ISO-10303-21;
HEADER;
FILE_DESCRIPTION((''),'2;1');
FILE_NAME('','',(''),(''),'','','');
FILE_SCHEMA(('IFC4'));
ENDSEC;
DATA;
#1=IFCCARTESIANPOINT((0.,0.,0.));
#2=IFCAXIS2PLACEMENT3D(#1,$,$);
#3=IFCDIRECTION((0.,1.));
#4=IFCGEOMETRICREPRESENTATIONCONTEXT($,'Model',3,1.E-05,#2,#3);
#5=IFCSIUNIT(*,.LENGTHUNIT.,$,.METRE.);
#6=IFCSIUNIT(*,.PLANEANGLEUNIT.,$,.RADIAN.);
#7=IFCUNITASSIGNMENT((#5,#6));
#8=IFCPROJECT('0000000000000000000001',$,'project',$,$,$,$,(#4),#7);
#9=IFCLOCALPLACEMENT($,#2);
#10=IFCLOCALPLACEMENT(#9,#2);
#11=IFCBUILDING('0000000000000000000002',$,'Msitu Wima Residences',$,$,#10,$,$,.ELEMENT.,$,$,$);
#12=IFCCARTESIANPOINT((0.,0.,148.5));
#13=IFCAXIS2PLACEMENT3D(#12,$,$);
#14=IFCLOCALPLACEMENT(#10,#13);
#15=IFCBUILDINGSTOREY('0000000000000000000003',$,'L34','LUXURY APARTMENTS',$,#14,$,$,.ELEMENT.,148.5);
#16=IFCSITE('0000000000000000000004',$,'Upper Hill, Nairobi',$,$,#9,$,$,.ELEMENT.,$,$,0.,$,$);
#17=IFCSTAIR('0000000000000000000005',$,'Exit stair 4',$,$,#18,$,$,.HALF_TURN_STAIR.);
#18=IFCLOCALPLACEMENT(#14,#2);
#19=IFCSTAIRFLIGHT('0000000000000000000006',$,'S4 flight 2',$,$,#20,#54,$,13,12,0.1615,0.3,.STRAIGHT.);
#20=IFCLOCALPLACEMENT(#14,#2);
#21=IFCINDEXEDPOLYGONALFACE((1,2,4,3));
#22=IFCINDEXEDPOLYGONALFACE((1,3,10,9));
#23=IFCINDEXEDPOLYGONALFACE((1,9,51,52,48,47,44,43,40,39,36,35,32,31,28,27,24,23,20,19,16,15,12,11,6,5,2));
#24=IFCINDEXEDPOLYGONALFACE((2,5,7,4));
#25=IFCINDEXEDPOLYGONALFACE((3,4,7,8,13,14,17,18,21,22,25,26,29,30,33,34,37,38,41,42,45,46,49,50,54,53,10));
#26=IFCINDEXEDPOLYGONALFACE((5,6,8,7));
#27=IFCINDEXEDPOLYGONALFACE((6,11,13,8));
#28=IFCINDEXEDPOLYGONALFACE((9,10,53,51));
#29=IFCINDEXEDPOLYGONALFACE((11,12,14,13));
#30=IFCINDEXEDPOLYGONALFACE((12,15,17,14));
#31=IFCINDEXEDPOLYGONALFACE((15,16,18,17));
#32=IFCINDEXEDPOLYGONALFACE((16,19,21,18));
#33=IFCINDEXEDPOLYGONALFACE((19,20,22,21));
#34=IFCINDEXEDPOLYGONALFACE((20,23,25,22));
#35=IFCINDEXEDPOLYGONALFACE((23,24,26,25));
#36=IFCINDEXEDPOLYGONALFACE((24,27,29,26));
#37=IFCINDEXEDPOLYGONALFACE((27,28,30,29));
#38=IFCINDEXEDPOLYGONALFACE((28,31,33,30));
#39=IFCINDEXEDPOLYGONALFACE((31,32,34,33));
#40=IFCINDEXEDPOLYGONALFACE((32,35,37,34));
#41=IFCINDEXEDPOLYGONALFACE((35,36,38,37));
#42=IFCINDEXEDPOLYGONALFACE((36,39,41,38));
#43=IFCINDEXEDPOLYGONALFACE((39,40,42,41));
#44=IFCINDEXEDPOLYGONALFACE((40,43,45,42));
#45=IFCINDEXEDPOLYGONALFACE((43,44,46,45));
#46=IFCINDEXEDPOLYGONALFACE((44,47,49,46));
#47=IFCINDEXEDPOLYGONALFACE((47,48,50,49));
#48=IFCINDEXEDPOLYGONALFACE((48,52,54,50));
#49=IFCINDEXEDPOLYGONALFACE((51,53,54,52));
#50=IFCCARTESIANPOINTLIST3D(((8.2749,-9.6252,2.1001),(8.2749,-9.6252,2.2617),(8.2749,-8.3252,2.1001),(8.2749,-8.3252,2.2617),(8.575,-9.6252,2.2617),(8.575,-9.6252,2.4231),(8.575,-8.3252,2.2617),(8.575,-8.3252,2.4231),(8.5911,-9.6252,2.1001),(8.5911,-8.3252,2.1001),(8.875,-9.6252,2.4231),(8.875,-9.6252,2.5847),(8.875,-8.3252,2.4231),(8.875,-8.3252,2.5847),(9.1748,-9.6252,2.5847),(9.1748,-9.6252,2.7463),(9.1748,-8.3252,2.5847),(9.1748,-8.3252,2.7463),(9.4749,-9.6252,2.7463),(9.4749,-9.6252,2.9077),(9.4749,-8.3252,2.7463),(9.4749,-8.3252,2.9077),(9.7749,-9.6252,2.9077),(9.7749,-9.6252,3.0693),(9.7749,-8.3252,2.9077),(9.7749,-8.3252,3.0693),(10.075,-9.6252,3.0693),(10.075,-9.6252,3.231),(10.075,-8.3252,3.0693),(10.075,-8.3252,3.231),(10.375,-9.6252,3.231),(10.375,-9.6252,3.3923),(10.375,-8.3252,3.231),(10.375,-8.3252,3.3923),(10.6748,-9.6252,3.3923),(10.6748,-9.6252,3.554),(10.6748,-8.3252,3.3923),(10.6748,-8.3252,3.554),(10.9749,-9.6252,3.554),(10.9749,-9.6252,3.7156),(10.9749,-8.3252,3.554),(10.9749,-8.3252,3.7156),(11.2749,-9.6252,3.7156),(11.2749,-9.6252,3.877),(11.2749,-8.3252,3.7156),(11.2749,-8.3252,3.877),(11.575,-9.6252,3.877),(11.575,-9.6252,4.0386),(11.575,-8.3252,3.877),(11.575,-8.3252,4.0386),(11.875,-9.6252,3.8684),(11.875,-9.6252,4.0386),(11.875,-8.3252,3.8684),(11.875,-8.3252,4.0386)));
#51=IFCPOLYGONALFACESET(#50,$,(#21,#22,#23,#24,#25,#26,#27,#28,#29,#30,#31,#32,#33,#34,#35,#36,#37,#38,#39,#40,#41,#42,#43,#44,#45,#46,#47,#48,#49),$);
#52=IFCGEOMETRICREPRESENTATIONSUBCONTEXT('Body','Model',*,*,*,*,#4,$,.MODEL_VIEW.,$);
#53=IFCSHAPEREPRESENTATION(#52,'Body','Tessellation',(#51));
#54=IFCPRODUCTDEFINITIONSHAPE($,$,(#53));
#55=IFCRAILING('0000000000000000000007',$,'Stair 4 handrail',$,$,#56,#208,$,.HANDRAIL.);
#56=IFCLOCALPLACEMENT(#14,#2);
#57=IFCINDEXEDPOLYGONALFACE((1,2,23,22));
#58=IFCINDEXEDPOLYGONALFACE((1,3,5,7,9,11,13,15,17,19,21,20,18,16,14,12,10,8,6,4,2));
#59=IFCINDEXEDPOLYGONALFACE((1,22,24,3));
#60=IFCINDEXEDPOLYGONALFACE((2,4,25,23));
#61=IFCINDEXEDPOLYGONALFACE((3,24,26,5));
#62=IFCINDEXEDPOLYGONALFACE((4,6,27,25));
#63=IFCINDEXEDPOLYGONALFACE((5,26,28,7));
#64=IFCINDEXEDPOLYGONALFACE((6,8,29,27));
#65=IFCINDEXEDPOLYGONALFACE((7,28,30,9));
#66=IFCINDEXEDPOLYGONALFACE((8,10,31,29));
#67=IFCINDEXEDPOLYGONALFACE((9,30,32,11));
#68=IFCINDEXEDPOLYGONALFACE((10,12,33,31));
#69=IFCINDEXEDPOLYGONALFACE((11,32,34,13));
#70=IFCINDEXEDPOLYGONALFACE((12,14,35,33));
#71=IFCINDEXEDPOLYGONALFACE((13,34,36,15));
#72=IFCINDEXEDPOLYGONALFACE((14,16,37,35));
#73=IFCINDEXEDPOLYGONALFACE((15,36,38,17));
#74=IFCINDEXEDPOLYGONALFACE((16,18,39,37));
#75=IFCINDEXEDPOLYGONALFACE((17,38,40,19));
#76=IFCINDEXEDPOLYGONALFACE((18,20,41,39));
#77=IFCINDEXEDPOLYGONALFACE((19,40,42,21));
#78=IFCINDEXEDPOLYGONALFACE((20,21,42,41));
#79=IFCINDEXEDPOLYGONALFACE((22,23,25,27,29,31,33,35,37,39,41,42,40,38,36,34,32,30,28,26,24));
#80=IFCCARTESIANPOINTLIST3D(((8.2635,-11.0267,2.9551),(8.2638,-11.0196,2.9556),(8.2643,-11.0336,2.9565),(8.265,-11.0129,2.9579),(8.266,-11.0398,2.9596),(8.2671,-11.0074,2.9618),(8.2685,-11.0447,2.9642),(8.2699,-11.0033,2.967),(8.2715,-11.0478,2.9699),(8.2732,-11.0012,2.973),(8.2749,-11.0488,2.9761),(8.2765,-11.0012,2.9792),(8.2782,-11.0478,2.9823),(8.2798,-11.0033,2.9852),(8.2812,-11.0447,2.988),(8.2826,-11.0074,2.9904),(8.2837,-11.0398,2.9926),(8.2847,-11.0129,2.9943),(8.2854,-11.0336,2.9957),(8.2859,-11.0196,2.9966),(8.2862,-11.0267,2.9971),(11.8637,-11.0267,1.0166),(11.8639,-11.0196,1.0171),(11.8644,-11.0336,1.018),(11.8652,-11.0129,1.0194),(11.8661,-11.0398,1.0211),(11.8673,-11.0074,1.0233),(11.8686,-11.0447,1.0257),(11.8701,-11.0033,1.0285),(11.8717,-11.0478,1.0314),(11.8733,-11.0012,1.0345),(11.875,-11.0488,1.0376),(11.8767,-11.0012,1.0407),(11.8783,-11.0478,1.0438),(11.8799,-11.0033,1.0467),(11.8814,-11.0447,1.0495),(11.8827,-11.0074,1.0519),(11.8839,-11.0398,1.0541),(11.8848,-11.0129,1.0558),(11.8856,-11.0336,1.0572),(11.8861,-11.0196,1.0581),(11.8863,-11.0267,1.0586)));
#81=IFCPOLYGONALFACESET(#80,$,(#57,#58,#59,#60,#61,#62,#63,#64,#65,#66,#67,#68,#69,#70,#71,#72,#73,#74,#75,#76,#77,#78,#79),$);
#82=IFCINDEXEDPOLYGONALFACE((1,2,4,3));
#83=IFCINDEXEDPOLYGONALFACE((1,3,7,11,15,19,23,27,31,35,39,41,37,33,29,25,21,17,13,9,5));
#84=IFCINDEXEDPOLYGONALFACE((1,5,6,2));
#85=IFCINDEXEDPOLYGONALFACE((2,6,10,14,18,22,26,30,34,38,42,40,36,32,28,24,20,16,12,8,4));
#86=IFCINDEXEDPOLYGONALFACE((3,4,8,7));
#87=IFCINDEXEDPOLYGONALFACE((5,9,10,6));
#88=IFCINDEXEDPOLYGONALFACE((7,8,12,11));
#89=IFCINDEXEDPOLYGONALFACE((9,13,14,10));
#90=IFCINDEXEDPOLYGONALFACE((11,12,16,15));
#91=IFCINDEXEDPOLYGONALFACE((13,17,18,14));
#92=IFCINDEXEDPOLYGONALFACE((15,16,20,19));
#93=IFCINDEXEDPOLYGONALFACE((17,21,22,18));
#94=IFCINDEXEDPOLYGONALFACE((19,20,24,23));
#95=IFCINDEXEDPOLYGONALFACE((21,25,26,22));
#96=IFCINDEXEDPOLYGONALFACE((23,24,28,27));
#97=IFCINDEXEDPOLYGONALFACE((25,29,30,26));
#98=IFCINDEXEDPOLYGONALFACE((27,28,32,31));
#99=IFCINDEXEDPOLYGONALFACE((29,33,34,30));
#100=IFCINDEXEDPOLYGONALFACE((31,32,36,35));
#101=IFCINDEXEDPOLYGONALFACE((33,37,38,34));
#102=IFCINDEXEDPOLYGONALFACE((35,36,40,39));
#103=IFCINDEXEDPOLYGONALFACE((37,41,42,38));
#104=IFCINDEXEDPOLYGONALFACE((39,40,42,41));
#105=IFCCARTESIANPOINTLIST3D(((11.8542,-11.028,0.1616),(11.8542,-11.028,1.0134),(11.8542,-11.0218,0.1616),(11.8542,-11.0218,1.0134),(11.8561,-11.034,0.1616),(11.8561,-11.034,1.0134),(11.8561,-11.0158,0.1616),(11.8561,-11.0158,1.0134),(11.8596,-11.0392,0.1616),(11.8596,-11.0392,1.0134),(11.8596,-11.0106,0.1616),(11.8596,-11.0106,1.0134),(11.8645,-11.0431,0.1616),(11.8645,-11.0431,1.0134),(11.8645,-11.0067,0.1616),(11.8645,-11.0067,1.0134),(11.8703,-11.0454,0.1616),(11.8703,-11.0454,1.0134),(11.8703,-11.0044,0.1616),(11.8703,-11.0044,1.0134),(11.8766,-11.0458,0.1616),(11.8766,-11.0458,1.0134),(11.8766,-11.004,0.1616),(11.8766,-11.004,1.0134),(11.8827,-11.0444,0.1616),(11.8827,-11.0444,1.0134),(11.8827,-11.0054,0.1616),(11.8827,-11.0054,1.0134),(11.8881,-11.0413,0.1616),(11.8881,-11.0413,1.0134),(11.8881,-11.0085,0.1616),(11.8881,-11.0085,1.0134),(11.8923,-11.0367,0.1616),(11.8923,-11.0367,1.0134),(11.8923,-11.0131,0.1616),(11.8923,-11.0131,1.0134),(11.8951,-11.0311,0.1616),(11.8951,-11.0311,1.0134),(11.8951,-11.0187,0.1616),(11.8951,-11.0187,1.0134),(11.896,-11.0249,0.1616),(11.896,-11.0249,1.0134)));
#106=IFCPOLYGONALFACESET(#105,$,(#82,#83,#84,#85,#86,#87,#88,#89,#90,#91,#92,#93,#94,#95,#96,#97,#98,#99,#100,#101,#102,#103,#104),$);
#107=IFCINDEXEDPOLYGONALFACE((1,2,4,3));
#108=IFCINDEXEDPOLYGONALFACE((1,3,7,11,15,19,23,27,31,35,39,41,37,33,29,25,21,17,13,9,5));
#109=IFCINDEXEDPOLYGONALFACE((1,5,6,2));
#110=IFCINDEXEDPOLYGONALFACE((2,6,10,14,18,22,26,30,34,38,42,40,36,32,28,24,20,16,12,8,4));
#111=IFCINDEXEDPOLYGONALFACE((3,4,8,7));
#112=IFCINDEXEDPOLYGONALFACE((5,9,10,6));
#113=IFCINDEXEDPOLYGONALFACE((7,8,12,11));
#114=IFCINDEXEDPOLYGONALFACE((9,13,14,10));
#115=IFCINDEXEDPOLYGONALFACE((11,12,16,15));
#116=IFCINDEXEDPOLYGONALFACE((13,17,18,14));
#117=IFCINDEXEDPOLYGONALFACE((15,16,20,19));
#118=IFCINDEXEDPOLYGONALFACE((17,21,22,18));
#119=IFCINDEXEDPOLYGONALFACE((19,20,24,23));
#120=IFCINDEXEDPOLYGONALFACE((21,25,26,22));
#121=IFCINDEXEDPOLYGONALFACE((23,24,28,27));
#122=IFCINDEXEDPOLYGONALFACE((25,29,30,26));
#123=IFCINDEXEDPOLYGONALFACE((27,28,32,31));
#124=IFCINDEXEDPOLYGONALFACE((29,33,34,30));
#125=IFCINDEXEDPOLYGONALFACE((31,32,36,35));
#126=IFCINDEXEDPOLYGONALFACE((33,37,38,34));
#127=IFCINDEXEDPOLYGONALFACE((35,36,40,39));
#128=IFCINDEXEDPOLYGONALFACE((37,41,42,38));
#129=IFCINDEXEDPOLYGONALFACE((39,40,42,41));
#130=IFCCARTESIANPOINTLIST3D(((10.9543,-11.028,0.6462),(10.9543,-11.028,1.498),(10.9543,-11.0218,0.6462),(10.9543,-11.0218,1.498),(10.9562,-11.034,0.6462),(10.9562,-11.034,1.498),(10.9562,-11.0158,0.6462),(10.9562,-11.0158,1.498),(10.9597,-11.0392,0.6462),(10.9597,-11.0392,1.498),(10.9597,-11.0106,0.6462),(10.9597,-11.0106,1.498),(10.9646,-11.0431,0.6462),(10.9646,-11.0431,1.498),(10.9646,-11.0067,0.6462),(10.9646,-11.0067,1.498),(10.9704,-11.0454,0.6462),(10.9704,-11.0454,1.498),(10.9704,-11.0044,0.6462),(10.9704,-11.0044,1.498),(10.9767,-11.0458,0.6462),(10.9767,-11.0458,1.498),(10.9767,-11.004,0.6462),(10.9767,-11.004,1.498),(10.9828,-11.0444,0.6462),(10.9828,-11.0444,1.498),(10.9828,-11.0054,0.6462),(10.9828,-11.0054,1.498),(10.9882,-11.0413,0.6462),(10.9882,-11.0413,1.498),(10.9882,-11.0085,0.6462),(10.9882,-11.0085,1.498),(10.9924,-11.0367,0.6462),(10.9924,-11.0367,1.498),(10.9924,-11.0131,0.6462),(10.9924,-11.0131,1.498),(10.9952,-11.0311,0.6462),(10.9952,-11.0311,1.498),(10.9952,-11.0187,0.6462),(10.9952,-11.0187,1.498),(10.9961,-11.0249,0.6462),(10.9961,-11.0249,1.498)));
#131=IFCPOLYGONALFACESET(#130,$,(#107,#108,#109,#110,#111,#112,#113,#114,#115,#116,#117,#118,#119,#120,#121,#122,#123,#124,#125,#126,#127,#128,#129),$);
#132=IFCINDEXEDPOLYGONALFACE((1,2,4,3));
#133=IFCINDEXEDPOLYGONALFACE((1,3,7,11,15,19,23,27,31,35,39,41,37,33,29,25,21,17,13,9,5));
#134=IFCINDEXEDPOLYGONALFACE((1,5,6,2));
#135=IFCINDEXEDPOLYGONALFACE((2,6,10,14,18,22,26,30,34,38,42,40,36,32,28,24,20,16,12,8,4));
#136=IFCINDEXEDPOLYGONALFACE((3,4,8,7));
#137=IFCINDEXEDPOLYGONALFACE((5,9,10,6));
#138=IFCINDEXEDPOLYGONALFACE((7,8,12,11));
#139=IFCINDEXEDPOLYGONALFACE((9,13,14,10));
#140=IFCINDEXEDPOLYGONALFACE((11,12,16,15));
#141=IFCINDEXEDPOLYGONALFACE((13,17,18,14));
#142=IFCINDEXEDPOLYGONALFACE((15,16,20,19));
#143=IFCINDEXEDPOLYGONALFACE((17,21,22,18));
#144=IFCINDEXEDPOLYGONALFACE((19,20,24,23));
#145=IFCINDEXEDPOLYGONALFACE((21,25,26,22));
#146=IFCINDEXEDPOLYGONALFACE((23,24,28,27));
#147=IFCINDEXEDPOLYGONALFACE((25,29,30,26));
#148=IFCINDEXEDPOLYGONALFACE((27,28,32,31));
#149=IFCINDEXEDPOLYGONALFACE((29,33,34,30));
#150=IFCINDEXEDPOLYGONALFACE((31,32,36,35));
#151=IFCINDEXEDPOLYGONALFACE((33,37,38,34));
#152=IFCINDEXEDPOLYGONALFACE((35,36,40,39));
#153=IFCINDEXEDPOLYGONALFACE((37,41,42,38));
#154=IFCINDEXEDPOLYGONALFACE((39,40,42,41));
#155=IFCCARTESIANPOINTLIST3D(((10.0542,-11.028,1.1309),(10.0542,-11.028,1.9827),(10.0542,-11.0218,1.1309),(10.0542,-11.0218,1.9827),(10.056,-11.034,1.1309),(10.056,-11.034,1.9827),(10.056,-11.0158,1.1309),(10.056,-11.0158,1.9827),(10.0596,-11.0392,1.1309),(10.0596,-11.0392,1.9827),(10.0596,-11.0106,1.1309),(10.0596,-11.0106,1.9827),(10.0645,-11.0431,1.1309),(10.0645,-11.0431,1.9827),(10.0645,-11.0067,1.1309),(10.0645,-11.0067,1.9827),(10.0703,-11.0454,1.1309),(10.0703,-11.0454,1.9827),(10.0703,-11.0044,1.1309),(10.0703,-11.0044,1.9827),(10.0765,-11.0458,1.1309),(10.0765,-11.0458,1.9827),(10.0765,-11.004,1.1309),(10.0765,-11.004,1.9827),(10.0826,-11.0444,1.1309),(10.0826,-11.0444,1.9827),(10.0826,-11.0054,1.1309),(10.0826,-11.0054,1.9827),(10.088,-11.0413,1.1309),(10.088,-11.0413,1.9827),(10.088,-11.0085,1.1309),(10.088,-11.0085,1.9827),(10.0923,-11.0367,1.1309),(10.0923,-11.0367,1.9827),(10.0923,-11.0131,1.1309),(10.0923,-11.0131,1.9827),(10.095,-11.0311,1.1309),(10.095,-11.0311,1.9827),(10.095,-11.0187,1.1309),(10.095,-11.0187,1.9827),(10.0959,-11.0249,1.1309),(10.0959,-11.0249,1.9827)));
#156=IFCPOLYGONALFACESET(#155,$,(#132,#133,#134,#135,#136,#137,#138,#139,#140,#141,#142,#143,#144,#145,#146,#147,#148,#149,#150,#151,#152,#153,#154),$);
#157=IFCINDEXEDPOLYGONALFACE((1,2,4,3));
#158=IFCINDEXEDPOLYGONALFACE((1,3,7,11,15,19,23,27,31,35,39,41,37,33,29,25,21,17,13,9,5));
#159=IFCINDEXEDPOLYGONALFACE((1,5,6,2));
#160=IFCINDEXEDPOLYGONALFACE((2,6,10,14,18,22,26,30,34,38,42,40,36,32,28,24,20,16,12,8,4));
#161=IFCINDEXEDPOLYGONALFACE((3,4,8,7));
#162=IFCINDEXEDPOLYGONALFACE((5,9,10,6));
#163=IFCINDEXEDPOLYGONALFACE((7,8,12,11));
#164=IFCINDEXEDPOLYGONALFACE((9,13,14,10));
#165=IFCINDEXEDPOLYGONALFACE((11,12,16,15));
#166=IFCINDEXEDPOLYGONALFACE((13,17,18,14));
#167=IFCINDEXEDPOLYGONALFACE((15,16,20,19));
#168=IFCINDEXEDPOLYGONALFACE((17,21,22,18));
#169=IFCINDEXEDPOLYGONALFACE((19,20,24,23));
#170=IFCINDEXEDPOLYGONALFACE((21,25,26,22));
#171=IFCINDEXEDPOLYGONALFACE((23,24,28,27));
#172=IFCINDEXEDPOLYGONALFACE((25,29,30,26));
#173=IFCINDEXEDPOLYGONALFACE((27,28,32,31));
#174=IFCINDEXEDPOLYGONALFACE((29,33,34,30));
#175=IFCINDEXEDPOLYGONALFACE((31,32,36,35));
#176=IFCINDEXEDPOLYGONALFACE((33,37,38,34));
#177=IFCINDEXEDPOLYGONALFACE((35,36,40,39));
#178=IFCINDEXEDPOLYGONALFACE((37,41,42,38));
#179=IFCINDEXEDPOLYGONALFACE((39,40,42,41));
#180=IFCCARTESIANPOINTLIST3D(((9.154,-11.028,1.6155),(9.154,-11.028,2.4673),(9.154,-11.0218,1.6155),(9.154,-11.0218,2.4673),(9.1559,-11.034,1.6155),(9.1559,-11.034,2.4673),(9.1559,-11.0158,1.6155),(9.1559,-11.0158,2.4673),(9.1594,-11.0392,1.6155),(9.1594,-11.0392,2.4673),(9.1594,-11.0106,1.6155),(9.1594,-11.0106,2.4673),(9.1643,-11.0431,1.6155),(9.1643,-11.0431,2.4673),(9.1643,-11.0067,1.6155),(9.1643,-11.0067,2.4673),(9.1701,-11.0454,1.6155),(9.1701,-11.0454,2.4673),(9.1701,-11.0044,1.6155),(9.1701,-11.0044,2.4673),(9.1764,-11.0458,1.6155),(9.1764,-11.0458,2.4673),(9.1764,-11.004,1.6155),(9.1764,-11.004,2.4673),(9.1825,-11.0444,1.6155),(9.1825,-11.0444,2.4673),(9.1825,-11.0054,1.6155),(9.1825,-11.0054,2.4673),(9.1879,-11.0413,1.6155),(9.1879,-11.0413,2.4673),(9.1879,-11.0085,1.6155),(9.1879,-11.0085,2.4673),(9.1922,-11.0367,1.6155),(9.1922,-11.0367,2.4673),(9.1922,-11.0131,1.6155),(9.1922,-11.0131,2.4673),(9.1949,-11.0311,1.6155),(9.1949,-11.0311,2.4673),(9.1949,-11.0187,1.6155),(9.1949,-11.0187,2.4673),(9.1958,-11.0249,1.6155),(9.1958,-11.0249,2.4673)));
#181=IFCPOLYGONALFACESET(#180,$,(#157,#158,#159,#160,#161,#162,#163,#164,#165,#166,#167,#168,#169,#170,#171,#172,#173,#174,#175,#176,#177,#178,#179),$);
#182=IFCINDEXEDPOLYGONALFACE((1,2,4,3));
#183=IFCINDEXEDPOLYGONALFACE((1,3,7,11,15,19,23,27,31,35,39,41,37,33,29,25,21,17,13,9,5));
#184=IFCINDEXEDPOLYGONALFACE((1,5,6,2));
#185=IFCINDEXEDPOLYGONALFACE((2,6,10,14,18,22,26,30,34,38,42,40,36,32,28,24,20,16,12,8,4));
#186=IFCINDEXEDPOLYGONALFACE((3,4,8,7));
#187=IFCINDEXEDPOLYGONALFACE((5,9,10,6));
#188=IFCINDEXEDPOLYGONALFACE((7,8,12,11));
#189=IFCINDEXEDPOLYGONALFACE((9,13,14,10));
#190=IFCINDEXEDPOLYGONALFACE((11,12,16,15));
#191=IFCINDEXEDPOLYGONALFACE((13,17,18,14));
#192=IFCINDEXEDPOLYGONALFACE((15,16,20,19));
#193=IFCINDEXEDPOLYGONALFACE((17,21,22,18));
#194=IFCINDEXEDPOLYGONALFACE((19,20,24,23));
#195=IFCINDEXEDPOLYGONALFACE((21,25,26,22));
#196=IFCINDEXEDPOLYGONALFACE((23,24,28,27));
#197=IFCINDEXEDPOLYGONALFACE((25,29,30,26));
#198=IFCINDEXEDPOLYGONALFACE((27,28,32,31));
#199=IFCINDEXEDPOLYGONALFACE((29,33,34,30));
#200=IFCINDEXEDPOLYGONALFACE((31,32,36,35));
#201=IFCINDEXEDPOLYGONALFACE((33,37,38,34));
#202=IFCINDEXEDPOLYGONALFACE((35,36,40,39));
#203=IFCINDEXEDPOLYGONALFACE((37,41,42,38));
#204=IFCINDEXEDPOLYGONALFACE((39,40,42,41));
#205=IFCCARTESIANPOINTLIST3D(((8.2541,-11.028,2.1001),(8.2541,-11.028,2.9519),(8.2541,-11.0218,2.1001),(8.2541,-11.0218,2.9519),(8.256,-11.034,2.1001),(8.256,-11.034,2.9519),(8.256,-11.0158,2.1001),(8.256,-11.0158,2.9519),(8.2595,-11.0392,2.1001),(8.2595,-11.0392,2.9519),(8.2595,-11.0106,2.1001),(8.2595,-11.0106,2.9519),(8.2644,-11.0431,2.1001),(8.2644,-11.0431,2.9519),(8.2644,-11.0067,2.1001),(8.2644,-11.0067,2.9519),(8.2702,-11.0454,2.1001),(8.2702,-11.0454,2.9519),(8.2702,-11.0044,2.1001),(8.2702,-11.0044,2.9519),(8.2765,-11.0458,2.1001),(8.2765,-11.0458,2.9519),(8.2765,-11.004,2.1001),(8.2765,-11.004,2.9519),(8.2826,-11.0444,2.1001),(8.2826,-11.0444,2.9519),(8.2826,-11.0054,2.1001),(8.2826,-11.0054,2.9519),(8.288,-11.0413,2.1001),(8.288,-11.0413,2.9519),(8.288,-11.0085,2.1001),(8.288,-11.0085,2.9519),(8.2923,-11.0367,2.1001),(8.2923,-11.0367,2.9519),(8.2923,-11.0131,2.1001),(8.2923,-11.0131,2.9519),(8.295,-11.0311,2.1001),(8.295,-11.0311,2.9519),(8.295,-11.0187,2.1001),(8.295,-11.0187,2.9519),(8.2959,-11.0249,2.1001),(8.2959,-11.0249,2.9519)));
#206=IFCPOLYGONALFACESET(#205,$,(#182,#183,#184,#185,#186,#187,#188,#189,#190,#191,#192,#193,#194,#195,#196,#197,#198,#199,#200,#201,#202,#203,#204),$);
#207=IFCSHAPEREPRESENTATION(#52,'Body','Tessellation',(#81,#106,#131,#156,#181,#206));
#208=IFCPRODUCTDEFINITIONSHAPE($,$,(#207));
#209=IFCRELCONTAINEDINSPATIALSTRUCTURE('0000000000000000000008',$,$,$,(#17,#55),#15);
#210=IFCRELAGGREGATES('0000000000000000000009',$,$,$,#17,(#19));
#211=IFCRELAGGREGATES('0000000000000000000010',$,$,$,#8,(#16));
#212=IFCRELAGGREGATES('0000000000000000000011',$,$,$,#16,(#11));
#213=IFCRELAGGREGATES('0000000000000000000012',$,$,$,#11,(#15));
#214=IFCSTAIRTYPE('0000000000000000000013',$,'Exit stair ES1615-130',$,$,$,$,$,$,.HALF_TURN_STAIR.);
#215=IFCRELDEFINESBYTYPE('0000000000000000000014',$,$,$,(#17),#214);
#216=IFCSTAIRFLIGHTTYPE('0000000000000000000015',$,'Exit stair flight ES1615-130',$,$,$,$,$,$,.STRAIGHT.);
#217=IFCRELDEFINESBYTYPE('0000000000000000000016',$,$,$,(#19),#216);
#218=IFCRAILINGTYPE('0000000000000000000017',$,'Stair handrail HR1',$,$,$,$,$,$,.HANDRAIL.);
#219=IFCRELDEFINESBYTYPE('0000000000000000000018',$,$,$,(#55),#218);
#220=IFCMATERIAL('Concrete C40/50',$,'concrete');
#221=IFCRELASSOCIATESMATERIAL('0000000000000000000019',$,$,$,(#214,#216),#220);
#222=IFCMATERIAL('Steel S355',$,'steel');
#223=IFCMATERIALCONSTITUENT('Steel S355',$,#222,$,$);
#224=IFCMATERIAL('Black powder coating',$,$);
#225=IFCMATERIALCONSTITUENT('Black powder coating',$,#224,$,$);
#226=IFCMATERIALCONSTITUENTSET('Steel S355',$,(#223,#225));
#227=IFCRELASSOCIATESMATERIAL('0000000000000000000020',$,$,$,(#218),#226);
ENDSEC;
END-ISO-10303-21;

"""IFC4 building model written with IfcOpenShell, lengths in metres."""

from ifc_helpers import new_model, si_unit, direction, frame, origin, origin_2d, place, context, subcontext, project, spatial, polyline, circle, outline, extrude, material, constituent, constituent_set, type_object, element, aggregate, save


model = new_model("IFC4")

# Units and contexts
model_context = context("Model", 3, precision=1e-05, world=origin(), true_north=direction((0.0, 1.0)))
body_context = subcontext(model_context, "Body", "Model", "MODEL_VIEW")
ifc_project = project(units=[si_unit("LENGTHUNIT", "METRE"), si_unit("PLANEANGLEUNIT", "RADIAN")], contexts=[model_context])

# Site, building, storey
site_placement = place(None, origin())
site = spatial("IfcSite", under=ifc_project, at=site_placement, Name="Upper Hill, Nairobi", CompositionType="ELEMENT", RefElevation=0.0)
building_placement = place(site_placement, origin())
building = spatial("IfcBuilding", under=site, at=building_placement, Name="Msitu Wima Residences", CompositionType="ELEMENT")
storey_placement = place(building_placement, frame((0.0, 0.0, 148.5)))
storey = spatial("IfcBuildingStorey", under=building, at=storey_placement, Name="L34", Description="LUXURY APARTMENTS", CompositionType="ELEMENT", Elevation=148.5)

# Shared definitions
ifc_material_1 = material(Name="Concrete C40/50", Category="concrete")

# Stair, stair flight
stair_type = type_object("IfcStairType", Name="Exit stair ES1615-130", PredefinedType="HALF_TURN_STAIR", material=ifc_material_1)
stair_placement = place(storey_placement, origin())
stair = element("IfcStair", 1, at=stair_placement, inside=storey, type_object=stair_type, Name="Exit stair 4", PredefinedType="HALF_TURN_STAIR")
stair_flight_type = type_object("IfcStairFlightType", Name="Exit stair flight ES1615-130", PredefinedType="STRAIGHT", material=ifc_material_1)
stair_flight_1_placement = place(storey_placement, frame((8.2749, -8.9751, 2.1001), z_axis=(0.0, 0.0, 1.0), x_axis=(1.0, 0.0, 0.0)))
stair_flight_1 = element("IfcStairFlight", 2, at=stair_flight_1_placement, type_object=stair_flight_type, Name="S4 flight 2", NumberOfRisers=13, NumberOfTreads=12, PredefinedType="STRAIGHT", RiserHeight=0.1615, TreadLength=0.3, context=body_context, shape_type="SweptSolid", body=[
    extrude(outline(polyline([(0.0, 0.0), (0.0, 0.1616), (0.3, 0.1616), (0.3, 0.323), (0.6001, 0.323), (0.6001, 0.4846), (0.8999, 0.4846), (0.8999, 0.6462), (1.2, 0.6462), (1.2, 0.8076), (1.5, 0.8076), (1.5, 0.9692), (1.8, 0.9692), (1.8, 1.1309), (2.1001, 1.1309), (2.1001, 1.2922), (2.3999, 1.2922), (2.3999, 1.4539), (2.7, 1.4539), (2.7, 1.6155), (3.0, 1.6155), (3.0, 1.7769), (3.3, 1.7769), (3.3, 1.9385), (3.6001, 1.9385), (3.6001, 2.1001), (3.6001, 1.7683), (0.3162, 0.0), (0.0, 0.0)])), frame((0.0, 0.6499, 0.0), z_axis=(0.0, -1.0, 0.0), x_axis=(1.0, 0.0, 0.0)), (0.0, 0.0, 1.0), 1.3),
])
aggregate(stair, [stair_flight_1])

# Railing
ifc_material_2 = material(Name="Steel S355", Category="steel")
ifc_constituent_1 = constituent(ifc_material_2, Name="Steel S355")
ifc_material_3 = material(Name="Black powder coating")
ifc_constituent_2 = constituent(ifc_material_3, Name="Black powder coating")
ifc_constituent_set = constituent_set(constituents=[ifc_constituent_1, ifc_constituent_2], Name="Steel S355")
railing_type = type_object("IfcRailingType", Name="Stair handrail HR1", PredefinedType="HANDRAIL", material=ifc_constituent_set)
for number, where, name in (
    (3, (11.875, -11.0249, 0.1616), "Stair 4 handrail"),
):
    element("IfcRailing", number, at=place(storey_placement, frame(where)), inside=storey, type_object=railing_type, Name=name, PredefinedType="HANDRAIL", context=body_context, shape_type="SweptSolid", body=[
        extrude(circle(Radius=0.0239, at=origin_2d()), frame((0.0, 0.0, 0.876), z_axis=(-0.880475, 0.0, 0.474093), x_axis=(0.0, -1.0, 0.0)), (0.0, 0.0, 1.0), 4.0889),
        extrude(circle(Radius=0.021, at=origin_2d()), origin(), (0.0, 0.0, 1.0), 0.8518),
        extrude(circle(Radius=0.021, at=origin_2d()), frame((-0.8999, 0.0, 0.4846)), (0.0, 0.0, 1.0), 0.8518),
        extrude(circle(Radius=0.021, at=origin_2d()), frame((-1.8, 0.0, 0.9692)), (0.0, 0.0, 1.0), 0.8518),
        extrude(circle(Radius=0.021, at=origin_2d()), frame((-2.7002, 0.0, 1.4539)), (0.0, 0.0, 1.0), 0.8518),
        extrude(circle(Radius=0.021, at=origin_2d()), frame((-3.6001, 0.0, 1.9385)), (0.0, 0.0, 1.0), 0.8518),
    ])

save(model, "model.ifc")
